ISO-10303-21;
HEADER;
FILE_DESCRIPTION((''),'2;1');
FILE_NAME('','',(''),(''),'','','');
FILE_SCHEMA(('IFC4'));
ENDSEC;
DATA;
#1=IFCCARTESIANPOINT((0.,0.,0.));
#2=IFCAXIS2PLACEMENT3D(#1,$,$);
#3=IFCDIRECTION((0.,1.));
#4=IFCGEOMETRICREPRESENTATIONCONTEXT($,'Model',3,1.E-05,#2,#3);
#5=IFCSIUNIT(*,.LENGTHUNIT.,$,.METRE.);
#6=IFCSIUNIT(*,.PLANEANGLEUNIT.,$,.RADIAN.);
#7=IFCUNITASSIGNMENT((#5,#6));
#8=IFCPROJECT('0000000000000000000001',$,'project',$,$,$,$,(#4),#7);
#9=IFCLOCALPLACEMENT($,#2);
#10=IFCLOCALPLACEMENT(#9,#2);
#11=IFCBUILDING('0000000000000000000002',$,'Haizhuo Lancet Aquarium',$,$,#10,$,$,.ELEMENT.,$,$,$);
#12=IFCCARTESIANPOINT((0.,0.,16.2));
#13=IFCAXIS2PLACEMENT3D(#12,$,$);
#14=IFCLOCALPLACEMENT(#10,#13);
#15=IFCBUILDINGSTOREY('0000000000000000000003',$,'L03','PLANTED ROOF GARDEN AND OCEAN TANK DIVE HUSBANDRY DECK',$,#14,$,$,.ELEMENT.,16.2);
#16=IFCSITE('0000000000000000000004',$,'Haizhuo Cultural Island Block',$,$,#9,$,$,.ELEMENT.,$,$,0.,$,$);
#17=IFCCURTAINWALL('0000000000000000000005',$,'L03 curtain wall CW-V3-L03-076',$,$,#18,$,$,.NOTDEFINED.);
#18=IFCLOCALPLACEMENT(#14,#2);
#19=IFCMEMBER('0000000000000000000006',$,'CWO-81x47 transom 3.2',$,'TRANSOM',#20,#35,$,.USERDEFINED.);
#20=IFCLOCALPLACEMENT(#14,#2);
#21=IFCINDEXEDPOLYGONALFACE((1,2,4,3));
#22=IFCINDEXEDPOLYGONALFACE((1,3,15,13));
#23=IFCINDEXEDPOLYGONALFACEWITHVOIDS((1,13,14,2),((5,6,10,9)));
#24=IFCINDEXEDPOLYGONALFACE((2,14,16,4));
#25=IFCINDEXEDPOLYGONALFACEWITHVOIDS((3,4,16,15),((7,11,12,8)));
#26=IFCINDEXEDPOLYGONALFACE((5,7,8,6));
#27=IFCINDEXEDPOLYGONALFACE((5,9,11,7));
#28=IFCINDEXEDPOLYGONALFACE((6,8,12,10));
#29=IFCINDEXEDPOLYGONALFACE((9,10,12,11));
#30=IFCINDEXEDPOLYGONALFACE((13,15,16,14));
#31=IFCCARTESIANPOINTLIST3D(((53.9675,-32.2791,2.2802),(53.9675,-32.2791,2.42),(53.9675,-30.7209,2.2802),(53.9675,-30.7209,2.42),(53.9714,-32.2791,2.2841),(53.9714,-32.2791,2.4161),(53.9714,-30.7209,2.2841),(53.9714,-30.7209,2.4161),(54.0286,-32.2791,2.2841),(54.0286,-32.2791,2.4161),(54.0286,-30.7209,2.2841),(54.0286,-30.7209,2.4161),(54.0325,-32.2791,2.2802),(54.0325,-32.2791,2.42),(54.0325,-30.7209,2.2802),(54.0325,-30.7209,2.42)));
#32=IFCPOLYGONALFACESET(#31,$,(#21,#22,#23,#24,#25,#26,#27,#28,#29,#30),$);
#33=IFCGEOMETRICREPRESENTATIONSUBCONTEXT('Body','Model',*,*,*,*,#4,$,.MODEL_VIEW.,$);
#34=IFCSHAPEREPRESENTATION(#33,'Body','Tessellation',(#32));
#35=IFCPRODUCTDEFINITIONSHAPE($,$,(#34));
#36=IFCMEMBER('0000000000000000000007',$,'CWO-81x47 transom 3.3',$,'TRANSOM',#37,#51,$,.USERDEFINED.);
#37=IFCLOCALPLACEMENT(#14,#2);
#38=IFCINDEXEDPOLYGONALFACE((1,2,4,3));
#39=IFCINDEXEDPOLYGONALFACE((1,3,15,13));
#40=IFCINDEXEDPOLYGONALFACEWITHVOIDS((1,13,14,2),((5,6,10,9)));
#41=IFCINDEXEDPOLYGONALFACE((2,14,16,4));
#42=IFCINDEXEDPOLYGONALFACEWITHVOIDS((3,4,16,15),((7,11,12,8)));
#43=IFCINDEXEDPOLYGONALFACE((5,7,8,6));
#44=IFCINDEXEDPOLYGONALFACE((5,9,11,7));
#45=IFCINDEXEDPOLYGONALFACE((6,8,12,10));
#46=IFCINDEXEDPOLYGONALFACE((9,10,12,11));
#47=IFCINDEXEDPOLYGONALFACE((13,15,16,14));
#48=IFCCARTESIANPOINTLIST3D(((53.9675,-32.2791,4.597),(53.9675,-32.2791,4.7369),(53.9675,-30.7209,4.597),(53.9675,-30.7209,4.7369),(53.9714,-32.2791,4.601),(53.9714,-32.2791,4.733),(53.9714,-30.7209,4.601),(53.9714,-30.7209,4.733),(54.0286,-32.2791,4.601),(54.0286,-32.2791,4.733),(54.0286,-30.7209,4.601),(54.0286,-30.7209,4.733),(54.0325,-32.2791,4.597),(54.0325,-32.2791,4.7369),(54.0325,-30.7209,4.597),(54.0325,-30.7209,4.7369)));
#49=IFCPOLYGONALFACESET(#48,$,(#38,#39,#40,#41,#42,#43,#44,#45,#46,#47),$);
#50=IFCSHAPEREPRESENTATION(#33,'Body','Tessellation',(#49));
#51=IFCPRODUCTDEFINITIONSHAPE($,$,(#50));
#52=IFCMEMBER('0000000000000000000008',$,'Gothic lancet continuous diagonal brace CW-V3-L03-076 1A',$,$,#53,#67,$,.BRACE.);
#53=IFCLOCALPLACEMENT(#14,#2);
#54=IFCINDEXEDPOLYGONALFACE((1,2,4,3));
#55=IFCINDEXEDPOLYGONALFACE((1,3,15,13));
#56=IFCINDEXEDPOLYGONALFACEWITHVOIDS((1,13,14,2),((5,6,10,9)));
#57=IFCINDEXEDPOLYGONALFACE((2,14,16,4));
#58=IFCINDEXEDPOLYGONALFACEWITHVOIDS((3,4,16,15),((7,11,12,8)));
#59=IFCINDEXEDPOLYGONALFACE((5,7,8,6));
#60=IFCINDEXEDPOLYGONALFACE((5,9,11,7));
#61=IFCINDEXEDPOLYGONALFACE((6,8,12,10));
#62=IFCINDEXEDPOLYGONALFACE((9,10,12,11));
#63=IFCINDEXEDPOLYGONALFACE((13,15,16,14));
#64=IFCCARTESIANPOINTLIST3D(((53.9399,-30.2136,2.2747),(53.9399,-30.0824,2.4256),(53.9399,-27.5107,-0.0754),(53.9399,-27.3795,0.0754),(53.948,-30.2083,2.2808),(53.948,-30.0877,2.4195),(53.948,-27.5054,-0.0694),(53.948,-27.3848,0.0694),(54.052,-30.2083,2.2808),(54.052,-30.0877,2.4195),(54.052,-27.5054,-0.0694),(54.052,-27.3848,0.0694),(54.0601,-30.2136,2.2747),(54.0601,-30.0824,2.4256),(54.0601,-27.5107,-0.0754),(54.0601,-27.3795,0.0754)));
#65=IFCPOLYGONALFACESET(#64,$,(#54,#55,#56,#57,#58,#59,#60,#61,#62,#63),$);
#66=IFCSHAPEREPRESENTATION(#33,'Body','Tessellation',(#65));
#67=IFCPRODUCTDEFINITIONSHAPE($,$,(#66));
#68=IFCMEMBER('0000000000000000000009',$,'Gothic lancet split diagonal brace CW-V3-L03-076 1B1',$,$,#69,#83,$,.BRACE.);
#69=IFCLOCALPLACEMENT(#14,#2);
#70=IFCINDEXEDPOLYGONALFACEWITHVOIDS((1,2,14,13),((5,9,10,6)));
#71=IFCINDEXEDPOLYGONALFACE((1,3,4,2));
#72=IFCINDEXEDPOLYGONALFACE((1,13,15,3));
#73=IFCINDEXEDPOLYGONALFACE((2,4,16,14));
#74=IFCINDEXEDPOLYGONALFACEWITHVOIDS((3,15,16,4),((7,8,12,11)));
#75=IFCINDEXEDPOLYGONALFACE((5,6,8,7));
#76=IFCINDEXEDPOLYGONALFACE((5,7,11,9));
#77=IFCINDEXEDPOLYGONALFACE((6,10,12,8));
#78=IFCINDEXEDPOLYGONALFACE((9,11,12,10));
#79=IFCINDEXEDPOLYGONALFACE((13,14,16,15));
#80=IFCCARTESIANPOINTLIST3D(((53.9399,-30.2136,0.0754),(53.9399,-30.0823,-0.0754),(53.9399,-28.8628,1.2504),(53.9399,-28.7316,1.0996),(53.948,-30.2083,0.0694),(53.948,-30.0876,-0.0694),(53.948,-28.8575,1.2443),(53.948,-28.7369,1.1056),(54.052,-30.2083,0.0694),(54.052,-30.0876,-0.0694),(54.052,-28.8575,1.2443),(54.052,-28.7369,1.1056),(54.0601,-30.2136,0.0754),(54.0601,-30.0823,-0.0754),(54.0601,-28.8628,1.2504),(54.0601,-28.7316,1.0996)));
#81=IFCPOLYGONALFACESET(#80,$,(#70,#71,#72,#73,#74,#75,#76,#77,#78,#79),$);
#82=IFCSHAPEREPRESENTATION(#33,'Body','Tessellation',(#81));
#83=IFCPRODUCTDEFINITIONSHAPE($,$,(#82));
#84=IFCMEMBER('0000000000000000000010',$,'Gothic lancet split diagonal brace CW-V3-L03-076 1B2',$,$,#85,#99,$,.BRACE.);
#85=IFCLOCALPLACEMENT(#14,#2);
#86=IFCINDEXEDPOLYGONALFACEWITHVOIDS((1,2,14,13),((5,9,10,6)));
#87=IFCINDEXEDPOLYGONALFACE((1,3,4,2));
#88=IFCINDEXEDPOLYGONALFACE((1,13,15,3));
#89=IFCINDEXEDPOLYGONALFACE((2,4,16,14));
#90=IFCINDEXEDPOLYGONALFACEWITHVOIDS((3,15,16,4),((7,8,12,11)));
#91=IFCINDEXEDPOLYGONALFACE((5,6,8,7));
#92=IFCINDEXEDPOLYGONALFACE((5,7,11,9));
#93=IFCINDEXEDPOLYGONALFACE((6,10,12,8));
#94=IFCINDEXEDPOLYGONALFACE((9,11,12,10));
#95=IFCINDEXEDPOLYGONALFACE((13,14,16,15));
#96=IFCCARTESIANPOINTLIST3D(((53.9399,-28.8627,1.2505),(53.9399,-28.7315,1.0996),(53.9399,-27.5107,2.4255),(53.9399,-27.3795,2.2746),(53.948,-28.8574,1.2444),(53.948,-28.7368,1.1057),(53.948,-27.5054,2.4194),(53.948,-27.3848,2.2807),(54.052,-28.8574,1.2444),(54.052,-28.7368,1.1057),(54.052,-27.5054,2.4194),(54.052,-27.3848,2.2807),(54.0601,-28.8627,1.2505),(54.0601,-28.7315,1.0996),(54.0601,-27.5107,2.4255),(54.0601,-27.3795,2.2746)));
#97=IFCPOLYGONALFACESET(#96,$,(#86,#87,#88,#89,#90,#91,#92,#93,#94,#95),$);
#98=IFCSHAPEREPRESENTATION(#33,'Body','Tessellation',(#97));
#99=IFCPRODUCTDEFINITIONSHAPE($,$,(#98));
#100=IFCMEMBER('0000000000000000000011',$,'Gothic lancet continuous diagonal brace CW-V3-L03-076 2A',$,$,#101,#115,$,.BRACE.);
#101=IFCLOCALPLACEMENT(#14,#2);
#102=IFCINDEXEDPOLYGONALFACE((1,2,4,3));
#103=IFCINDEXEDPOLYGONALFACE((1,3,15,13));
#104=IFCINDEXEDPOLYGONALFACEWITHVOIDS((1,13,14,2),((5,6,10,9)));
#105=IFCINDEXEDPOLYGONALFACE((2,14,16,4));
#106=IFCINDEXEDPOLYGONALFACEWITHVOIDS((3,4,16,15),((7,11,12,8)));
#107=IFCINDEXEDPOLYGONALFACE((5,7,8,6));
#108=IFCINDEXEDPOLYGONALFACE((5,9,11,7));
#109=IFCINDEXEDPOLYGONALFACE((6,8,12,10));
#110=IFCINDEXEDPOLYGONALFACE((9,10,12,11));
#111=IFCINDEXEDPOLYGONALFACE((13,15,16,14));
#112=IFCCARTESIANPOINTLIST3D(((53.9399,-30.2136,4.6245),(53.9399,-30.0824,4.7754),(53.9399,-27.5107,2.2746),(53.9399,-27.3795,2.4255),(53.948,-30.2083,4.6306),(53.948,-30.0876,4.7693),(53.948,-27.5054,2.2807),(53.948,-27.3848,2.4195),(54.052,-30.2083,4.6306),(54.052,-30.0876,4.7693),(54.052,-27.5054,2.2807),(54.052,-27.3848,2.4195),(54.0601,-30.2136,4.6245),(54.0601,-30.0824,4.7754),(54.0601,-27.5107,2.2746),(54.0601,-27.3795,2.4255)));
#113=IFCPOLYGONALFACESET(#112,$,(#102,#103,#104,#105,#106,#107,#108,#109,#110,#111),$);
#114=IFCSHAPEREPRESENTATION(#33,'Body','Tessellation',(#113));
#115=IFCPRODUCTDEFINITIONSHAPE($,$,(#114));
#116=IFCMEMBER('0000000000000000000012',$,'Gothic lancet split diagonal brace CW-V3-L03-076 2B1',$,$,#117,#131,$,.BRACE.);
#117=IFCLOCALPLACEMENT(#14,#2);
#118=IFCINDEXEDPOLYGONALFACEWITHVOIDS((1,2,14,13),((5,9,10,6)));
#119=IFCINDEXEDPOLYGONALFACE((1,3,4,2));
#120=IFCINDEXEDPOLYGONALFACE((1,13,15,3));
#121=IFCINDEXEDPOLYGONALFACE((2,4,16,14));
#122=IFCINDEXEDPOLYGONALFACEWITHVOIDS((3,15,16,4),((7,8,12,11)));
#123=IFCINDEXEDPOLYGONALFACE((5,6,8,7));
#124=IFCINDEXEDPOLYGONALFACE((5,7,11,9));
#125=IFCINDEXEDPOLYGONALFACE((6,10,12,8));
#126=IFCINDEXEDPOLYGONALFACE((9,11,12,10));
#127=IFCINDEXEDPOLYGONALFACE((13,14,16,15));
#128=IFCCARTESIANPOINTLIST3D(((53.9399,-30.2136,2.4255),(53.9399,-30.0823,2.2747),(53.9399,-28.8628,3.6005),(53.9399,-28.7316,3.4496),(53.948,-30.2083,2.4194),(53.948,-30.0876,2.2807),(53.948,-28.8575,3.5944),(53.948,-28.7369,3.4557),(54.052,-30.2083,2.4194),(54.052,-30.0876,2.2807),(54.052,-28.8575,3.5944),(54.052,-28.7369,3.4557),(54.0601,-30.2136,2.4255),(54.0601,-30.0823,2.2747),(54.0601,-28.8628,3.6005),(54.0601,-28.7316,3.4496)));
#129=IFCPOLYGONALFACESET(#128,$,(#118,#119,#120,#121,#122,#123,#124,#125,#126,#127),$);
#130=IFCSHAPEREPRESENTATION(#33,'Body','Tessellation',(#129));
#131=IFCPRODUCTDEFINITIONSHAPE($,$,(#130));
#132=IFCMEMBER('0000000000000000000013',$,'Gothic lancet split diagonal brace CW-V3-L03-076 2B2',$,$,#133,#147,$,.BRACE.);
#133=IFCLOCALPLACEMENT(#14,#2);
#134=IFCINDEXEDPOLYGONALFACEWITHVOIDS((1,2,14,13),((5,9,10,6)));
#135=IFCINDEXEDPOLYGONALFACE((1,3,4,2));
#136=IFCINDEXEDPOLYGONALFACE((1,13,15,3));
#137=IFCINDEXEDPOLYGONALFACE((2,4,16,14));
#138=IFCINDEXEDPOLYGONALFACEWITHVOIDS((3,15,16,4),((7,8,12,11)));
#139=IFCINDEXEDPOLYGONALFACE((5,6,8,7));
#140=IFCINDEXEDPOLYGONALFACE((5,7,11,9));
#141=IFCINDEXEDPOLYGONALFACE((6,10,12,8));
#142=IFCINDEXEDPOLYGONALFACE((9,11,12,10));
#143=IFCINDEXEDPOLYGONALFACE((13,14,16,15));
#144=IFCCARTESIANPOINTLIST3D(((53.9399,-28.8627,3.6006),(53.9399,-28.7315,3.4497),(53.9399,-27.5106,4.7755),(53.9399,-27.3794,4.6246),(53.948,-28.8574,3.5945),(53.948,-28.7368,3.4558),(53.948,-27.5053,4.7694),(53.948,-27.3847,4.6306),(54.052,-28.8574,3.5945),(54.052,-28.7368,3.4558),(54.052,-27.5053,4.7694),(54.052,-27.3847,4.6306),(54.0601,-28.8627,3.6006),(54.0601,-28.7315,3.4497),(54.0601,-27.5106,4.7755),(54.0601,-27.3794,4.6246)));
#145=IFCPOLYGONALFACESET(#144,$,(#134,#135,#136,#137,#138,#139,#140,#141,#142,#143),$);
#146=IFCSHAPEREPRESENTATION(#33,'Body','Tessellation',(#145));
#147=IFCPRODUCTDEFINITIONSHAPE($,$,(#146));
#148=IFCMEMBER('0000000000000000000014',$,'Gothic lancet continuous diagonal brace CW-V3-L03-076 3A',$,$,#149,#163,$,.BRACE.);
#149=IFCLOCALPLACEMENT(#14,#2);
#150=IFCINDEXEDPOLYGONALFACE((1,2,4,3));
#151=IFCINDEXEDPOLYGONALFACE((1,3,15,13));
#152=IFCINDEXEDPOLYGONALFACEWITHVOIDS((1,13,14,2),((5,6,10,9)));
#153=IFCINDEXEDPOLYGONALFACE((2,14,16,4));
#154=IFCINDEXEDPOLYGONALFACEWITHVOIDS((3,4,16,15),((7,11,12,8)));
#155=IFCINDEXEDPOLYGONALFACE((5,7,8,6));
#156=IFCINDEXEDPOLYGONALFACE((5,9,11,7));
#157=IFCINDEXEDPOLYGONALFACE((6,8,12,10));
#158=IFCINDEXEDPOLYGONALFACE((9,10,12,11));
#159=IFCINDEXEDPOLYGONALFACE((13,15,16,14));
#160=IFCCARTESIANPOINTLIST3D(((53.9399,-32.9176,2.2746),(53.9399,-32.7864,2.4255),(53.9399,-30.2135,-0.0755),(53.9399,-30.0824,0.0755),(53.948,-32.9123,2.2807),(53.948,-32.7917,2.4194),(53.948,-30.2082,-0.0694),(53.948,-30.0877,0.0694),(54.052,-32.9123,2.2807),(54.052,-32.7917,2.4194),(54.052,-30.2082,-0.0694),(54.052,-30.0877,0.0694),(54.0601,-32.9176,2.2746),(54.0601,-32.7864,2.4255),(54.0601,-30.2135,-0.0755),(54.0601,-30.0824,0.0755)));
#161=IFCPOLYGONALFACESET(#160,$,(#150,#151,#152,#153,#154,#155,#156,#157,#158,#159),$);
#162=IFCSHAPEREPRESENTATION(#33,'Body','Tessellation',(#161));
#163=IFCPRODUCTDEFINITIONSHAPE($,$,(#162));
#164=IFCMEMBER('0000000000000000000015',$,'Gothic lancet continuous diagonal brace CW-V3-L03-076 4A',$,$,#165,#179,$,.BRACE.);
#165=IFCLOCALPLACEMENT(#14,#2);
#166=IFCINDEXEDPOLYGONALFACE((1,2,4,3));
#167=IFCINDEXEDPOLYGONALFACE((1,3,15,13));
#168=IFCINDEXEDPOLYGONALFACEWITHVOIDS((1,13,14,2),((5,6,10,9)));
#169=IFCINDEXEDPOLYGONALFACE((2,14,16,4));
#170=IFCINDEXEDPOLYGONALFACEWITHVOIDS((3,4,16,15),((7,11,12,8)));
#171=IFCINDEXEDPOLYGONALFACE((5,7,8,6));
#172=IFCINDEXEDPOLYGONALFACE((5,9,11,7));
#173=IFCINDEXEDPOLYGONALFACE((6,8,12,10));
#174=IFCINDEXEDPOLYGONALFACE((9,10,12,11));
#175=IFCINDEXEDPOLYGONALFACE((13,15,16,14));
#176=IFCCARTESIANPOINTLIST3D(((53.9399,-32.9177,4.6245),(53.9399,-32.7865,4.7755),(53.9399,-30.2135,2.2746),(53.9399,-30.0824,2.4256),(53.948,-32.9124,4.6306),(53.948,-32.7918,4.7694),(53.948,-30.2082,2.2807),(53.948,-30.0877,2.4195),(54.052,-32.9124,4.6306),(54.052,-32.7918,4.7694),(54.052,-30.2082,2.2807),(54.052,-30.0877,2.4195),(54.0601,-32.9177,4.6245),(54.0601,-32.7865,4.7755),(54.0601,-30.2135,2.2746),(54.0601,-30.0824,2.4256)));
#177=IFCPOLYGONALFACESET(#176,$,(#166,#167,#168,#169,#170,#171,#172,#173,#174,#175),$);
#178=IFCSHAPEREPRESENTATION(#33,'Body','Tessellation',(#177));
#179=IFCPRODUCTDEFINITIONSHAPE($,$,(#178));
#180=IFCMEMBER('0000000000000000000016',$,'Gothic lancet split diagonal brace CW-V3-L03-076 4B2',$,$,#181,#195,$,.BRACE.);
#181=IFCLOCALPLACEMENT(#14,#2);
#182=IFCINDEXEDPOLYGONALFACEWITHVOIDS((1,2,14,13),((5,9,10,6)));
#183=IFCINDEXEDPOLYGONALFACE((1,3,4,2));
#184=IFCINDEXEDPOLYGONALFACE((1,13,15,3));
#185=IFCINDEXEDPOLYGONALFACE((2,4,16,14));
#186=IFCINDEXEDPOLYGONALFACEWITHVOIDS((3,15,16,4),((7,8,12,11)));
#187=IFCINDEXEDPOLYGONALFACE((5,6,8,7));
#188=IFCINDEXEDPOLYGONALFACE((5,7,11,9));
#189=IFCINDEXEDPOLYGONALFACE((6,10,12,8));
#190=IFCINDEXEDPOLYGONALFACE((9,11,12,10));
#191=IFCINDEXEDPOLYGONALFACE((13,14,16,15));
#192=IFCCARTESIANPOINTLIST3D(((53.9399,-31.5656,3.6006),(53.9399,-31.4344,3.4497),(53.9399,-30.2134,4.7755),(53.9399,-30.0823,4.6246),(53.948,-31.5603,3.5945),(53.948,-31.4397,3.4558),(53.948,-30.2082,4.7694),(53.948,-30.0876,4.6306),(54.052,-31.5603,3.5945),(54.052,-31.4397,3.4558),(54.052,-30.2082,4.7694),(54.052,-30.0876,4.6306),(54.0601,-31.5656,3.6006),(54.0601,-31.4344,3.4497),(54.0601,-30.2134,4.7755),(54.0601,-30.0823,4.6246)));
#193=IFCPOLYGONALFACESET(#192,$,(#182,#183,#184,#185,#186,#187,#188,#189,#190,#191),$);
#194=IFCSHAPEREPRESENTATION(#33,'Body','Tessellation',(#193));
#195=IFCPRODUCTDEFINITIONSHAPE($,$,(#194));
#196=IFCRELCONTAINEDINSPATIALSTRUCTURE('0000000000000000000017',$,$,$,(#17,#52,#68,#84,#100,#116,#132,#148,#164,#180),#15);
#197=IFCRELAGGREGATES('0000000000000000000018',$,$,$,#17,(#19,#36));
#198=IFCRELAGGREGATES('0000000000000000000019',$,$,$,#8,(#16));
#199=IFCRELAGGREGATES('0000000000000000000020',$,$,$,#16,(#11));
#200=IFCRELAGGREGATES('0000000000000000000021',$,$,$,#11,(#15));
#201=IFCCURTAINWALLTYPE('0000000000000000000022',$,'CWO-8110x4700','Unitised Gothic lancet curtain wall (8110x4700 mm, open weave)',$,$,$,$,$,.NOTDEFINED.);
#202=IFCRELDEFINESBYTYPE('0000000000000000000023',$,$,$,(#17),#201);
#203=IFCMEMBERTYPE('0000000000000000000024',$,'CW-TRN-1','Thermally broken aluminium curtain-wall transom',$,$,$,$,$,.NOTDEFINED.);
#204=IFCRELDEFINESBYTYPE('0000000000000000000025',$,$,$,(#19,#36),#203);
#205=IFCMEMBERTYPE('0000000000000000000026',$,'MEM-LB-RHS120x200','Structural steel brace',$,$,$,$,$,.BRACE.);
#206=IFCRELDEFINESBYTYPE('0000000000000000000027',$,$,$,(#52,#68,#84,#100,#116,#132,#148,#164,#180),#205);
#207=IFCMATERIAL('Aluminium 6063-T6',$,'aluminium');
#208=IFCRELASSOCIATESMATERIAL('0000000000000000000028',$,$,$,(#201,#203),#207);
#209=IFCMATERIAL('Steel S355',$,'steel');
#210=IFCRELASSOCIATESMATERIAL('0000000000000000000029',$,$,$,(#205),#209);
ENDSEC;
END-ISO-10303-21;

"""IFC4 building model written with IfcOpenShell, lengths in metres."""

from ifc_helpers import new_model, si_unit, direction, frame, origin, origin_2d, place, context, subcontext, project, spatial, hollow_rectangle, extrude, material, material_profile, profile_set, type_object, element, aggregate, save


model = new_model("IFC4")

# Units and contexts
model_context = context("Model", 3, precision=1e-05, world=origin(), true_north=direction((0.0, 1.0)))
body_context = subcontext(model_context, "Body", "Model", "MODEL_VIEW")
ifc_project = project(units=[si_unit("LENGTHUNIT", "METRE"), si_unit("PLANEANGLEUNIT", "RADIAN")], contexts=[model_context])

# Site, building, storey
site_placement = place(None, origin())
site = spatial("IfcSite", under=ifc_project, at=site_placement, Name="Haizhuo Cultural Island Block", CompositionType="ELEMENT", RefElevation=0.0)
building_placement = place(site_placement, origin())
building = spatial("IfcBuilding", under=site, at=building_placement, Name="Haizhuo Lancet Aquarium", CompositionType="ELEMENT")
storey_placement = place(building_placement, frame((0.0, 0.0, 16.2)))
storey = spatial("IfcBuildingStorey", under=building, at=storey_placement, Name="L03", Description="PLANTED ROOF GARDEN AND OCEAN TANK DIVE HUSBANDRY DECK", CompositionType="ELEMENT", Elevation=16.2)

# Curtain wall, members
ifc_material_1 = material(Name="Aluminium 6063-T6", Category="aluminium")
curtain_wall_type = type_object("IfcCurtainWallType", Name="CWO-8110x4700", Description="Unitised Gothic lancet curtain wall (8110x4700 mm, open weave)", PredefinedType="NOTDEFINED", material=ifc_material_1)
curtain_wall_placement = place(storey_placement, origin())
curtain_wall = element("IfcCurtainWall", 1, at=curtain_wall_placement, inside=storey, type_object=curtain_wall_type, Name="L03 curtain wall CW-V3-L03-076", PredefinedType="NOTDEFINED")
ifc_material_profile_1 = material_profile(ifc_material_1, hollow_rectangle(XDim=0.0649, YDim=0.1399, WallThickness=0.0039, at=origin_2d()), Name="ALU-T 65x140x4")
ifc_profile_set_1 = profile_set([ifc_material_profile_1], Name="Aluminium 6063-T6")
member_type_1 = type_object("IfcMemberType", Name="CW-TRN-1", Description="Thermally broken aluminium curtain-wall transom", PredefinedType="NOTDEFINED", material=ifc_profile_set_1)
member_1_placement = place(storey_placement, frame((54.0, -30.7209, 2.3501), z_axis=(0.0, -1.0, 0.0), x_axis=(1.0, 0.0, 0.0)))
member_1 = element("IfcMember", 2, at=member_1_placement, type_object=member_type_1, Name="CWO-81x47 transom 3.2", ObjectType="TRANSOM", PredefinedType="USERDEFINED", context=body_context, shape_type="SweptSolid", body=[
    extrude(hollow_rectangle(XDim=0.0649, YDim=0.1399, WallThickness=0.0039, at=origin_2d()), origin(), (0.0, 0.0, 1.0), 1.5581),
])
member_2_placement = place(storey_placement, frame((54.0, -30.7209, 4.667), z_axis=(0.0, -1.0, 0.0), x_axis=(1.0, 0.0, 0.0)))
member_2 = element("IfcMember", 3, at=member_2_placement, type_object=member_type_1, Name="CWO-81x47 transom 3.3", ObjectType="TRANSOM", PredefinedType="USERDEFINED", context=body_context, shape_type="SweptSolid", body=[
    extrude(hollow_rectangle(XDim=0.0649, YDim=0.1399, WallThickness=0.0039, at=origin_2d()), origin(), (0.0, 0.0, 1.0), 1.5581),
])

# Members
ifc_material_2 = material(Name="Steel S355", Category="steel")
ifc_material_profile_2 = material_profile(ifc_material_2, hollow_rectangle(XDim=0.1201, YDim=0.2, WallThickness=0.0081, at=origin_2d()), Name="RHS 120x200x8")
ifc_profile_set_2 = profile_set([ifc_material_profile_2], Name="Steel S355")
member_type_2 = type_object("IfcMemberType", Name="MEM-LB-RHS120x200", Description="Structural steel brace", PredefinedType="BRACE", material=ifc_profile_set_2)
member_3_placement = place(storey_placement, frame((54.0, -27.4451, 0.0), z_axis=(0.0, -0.754638, 0.656142), x_axis=(1.0, 0.0, 0.0)))
element("IfcMember", 4, at=member_3_placement, inside=storey, type_object=member_type_2, Name="Gothic lancet continuous diagonal brace CW-V3-L03-076 1A", PredefinedType="BRACE", context=body_context, shape_type="SweptSolid", body=[
    extrude(hollow_rectangle(XDim=0.1201, YDim=0.2, WallThickness=0.0081, at=origin_2d()), origin(), (0.0, 0.0, 1.0), 3.5818),
])
member_4_placement = place(storey_placement, frame((54.0, -30.1479, 0.0), z_axis=(0.0, 0.754491, 0.65631), x_axis=(-1.0, 0.0, 0.0)))
element("IfcMember", 5, at=member_4_placement, inside=storey, type_object=member_type_2, Name="Gothic lancet split diagonal brace CW-V3-L03-076 1B1", PredefinedType="BRACE", context=body_context, shape_type="SweptSolid", body=[
    extrude(hollow_rectangle(XDim=0.1201, YDim=0.2, WallThickness=0.0081, at=origin_2d()), origin(), (0.0, 0.0, 1.0), 1.7903),
])
member_5_placement = place(storey_placement, frame((54.0, -28.7971, 1.175), z_axis=(0.0, 0.754784, 0.655973), x_axis=(-1.0, 0.0, 0.0)))
element("IfcMember", 6, at=member_5_placement, inside=storey, type_object=member_type_2, Name="Gothic lancet split diagonal brace CW-V3-L03-076 1B2", PredefinedType="BRACE", context=body_context, shape_type="SweptSolid", body=[
    extrude(hollow_rectangle(XDim=0.1201, YDim=0.2, WallThickness=0.0081, at=origin_2d()), origin(), (0.0, 0.0, 1.0), 1.7913),
])
member_6_placement = place(storey_placement, frame((54.0, -27.4451, 2.3501), z_axis=(0.0, -0.754672, 0.656103), x_axis=(1.0, 0.0, 0.0)))
element("IfcMember", 7, at=member_6_placement, inside=storey, type_object=member_type_2, Name="Gothic lancet continuous diagonal brace CW-V3-L03-076 2A", PredefinedType="BRACE", context=body_context, shape_type="SweptSolid", body=[
    extrude(hollow_rectangle(XDim=0.1201, YDim=0.2, WallThickness=0.0081, at=origin_2d()), origin(), (0.0, 0.0, 1.0), 3.5815),
])
member_7_placement = place(storey_placement, frame((54.0, -30.1479, 2.3501), z_axis=(0.0, 0.754491, 0.65631), x_axis=(-1.0, 0.0, 0.0)))
element("IfcMember", 8, at=member_7_placement, inside=storey, type_object=member_type_2, Name="Gothic lancet split diagonal brace CW-V3-L03-076 2B1", PredefinedType="BRACE", context=body_context, shape_type="SweptSolid", body=[
    extrude(hollow_rectangle(XDim=0.1201, YDim=0.2, WallThickness=0.0081, at=origin_2d()), origin(), (0.0, 0.0, 1.0), 1.7903),
])
member_8_placement = place(storey_placement, frame((54.0, -28.7971, 3.5251), z_axis=(0.0, 0.754852, 0.655895), x_axis=(-1.0, 0.0, 0.0)))
element("IfcMember", 9, at=member_8_placement, inside=storey, type_object=member_type_2, Name="Gothic lancet split diagonal brace CW-V3-L03-076 2B2", PredefinedType="BRACE", context=body_context, shape_type="SweptSolid", body=[
    extrude(hollow_rectangle(XDim=0.1201, YDim=0.2, WallThickness=0.0081, at=origin_2d()), origin(), (0.0, 0.0, 1.0), 1.7913),
])
for number, where, z_axis, x_axis, name in (
    (10, (54.0, -30.1479, 0.0), (0.0, -0.754784, 0.655973), (1.0, 0.0, 0.0), "Gothic lancet continuous diagonal brace CW-V3-L03-076 3A"),
    (11, (54.0, -30.1479, 2.3501), (0.0, -0.754818, 0.655934), (1.0, 0.0, 0.0), "Gothic lancet continuous diagonal brace CW-V3-L03-076 4A"),
):
    element("IfcMember", number, at=place(storey_placement, frame(where, z_axis=z_axis, x_axis=x_axis)), inside=storey, type_object=member_type_2, Name=name, PredefinedType="BRACE", context=body_context, shape_type="SweptSolid", body=[
        extrude(hollow_rectangle(XDim=0.1201, YDim=0.2, WallThickness=0.0081, at=origin_2d()), origin(), (0.0, 0.0, 1.0), 3.5825),
    ])
member_9_placement = place(storey_placement, frame((54.0, -31.5, 3.5251), z_axis=(0.0, 0.754852, 0.655895), x_axis=(-1.0, 0.0, 0.0)))
element("IfcMember", 12, at=member_9_placement, inside=storey, type_object=member_type_2, Name="Gothic lancet split diagonal brace CW-V3-L03-076 4B2", PredefinedType="BRACE", context=body_context, shape_type="SweptSolid", body=[
    extrude(hollow_rectangle(XDim=0.1201, YDim=0.2, WallThickness=0.0081, at=origin_2d()), origin(), (0.0, 0.0, 1.0), 1.7913),
])

aggregate(curtain_wall, [member_1, member_2])

save(model, "model.ifc")
